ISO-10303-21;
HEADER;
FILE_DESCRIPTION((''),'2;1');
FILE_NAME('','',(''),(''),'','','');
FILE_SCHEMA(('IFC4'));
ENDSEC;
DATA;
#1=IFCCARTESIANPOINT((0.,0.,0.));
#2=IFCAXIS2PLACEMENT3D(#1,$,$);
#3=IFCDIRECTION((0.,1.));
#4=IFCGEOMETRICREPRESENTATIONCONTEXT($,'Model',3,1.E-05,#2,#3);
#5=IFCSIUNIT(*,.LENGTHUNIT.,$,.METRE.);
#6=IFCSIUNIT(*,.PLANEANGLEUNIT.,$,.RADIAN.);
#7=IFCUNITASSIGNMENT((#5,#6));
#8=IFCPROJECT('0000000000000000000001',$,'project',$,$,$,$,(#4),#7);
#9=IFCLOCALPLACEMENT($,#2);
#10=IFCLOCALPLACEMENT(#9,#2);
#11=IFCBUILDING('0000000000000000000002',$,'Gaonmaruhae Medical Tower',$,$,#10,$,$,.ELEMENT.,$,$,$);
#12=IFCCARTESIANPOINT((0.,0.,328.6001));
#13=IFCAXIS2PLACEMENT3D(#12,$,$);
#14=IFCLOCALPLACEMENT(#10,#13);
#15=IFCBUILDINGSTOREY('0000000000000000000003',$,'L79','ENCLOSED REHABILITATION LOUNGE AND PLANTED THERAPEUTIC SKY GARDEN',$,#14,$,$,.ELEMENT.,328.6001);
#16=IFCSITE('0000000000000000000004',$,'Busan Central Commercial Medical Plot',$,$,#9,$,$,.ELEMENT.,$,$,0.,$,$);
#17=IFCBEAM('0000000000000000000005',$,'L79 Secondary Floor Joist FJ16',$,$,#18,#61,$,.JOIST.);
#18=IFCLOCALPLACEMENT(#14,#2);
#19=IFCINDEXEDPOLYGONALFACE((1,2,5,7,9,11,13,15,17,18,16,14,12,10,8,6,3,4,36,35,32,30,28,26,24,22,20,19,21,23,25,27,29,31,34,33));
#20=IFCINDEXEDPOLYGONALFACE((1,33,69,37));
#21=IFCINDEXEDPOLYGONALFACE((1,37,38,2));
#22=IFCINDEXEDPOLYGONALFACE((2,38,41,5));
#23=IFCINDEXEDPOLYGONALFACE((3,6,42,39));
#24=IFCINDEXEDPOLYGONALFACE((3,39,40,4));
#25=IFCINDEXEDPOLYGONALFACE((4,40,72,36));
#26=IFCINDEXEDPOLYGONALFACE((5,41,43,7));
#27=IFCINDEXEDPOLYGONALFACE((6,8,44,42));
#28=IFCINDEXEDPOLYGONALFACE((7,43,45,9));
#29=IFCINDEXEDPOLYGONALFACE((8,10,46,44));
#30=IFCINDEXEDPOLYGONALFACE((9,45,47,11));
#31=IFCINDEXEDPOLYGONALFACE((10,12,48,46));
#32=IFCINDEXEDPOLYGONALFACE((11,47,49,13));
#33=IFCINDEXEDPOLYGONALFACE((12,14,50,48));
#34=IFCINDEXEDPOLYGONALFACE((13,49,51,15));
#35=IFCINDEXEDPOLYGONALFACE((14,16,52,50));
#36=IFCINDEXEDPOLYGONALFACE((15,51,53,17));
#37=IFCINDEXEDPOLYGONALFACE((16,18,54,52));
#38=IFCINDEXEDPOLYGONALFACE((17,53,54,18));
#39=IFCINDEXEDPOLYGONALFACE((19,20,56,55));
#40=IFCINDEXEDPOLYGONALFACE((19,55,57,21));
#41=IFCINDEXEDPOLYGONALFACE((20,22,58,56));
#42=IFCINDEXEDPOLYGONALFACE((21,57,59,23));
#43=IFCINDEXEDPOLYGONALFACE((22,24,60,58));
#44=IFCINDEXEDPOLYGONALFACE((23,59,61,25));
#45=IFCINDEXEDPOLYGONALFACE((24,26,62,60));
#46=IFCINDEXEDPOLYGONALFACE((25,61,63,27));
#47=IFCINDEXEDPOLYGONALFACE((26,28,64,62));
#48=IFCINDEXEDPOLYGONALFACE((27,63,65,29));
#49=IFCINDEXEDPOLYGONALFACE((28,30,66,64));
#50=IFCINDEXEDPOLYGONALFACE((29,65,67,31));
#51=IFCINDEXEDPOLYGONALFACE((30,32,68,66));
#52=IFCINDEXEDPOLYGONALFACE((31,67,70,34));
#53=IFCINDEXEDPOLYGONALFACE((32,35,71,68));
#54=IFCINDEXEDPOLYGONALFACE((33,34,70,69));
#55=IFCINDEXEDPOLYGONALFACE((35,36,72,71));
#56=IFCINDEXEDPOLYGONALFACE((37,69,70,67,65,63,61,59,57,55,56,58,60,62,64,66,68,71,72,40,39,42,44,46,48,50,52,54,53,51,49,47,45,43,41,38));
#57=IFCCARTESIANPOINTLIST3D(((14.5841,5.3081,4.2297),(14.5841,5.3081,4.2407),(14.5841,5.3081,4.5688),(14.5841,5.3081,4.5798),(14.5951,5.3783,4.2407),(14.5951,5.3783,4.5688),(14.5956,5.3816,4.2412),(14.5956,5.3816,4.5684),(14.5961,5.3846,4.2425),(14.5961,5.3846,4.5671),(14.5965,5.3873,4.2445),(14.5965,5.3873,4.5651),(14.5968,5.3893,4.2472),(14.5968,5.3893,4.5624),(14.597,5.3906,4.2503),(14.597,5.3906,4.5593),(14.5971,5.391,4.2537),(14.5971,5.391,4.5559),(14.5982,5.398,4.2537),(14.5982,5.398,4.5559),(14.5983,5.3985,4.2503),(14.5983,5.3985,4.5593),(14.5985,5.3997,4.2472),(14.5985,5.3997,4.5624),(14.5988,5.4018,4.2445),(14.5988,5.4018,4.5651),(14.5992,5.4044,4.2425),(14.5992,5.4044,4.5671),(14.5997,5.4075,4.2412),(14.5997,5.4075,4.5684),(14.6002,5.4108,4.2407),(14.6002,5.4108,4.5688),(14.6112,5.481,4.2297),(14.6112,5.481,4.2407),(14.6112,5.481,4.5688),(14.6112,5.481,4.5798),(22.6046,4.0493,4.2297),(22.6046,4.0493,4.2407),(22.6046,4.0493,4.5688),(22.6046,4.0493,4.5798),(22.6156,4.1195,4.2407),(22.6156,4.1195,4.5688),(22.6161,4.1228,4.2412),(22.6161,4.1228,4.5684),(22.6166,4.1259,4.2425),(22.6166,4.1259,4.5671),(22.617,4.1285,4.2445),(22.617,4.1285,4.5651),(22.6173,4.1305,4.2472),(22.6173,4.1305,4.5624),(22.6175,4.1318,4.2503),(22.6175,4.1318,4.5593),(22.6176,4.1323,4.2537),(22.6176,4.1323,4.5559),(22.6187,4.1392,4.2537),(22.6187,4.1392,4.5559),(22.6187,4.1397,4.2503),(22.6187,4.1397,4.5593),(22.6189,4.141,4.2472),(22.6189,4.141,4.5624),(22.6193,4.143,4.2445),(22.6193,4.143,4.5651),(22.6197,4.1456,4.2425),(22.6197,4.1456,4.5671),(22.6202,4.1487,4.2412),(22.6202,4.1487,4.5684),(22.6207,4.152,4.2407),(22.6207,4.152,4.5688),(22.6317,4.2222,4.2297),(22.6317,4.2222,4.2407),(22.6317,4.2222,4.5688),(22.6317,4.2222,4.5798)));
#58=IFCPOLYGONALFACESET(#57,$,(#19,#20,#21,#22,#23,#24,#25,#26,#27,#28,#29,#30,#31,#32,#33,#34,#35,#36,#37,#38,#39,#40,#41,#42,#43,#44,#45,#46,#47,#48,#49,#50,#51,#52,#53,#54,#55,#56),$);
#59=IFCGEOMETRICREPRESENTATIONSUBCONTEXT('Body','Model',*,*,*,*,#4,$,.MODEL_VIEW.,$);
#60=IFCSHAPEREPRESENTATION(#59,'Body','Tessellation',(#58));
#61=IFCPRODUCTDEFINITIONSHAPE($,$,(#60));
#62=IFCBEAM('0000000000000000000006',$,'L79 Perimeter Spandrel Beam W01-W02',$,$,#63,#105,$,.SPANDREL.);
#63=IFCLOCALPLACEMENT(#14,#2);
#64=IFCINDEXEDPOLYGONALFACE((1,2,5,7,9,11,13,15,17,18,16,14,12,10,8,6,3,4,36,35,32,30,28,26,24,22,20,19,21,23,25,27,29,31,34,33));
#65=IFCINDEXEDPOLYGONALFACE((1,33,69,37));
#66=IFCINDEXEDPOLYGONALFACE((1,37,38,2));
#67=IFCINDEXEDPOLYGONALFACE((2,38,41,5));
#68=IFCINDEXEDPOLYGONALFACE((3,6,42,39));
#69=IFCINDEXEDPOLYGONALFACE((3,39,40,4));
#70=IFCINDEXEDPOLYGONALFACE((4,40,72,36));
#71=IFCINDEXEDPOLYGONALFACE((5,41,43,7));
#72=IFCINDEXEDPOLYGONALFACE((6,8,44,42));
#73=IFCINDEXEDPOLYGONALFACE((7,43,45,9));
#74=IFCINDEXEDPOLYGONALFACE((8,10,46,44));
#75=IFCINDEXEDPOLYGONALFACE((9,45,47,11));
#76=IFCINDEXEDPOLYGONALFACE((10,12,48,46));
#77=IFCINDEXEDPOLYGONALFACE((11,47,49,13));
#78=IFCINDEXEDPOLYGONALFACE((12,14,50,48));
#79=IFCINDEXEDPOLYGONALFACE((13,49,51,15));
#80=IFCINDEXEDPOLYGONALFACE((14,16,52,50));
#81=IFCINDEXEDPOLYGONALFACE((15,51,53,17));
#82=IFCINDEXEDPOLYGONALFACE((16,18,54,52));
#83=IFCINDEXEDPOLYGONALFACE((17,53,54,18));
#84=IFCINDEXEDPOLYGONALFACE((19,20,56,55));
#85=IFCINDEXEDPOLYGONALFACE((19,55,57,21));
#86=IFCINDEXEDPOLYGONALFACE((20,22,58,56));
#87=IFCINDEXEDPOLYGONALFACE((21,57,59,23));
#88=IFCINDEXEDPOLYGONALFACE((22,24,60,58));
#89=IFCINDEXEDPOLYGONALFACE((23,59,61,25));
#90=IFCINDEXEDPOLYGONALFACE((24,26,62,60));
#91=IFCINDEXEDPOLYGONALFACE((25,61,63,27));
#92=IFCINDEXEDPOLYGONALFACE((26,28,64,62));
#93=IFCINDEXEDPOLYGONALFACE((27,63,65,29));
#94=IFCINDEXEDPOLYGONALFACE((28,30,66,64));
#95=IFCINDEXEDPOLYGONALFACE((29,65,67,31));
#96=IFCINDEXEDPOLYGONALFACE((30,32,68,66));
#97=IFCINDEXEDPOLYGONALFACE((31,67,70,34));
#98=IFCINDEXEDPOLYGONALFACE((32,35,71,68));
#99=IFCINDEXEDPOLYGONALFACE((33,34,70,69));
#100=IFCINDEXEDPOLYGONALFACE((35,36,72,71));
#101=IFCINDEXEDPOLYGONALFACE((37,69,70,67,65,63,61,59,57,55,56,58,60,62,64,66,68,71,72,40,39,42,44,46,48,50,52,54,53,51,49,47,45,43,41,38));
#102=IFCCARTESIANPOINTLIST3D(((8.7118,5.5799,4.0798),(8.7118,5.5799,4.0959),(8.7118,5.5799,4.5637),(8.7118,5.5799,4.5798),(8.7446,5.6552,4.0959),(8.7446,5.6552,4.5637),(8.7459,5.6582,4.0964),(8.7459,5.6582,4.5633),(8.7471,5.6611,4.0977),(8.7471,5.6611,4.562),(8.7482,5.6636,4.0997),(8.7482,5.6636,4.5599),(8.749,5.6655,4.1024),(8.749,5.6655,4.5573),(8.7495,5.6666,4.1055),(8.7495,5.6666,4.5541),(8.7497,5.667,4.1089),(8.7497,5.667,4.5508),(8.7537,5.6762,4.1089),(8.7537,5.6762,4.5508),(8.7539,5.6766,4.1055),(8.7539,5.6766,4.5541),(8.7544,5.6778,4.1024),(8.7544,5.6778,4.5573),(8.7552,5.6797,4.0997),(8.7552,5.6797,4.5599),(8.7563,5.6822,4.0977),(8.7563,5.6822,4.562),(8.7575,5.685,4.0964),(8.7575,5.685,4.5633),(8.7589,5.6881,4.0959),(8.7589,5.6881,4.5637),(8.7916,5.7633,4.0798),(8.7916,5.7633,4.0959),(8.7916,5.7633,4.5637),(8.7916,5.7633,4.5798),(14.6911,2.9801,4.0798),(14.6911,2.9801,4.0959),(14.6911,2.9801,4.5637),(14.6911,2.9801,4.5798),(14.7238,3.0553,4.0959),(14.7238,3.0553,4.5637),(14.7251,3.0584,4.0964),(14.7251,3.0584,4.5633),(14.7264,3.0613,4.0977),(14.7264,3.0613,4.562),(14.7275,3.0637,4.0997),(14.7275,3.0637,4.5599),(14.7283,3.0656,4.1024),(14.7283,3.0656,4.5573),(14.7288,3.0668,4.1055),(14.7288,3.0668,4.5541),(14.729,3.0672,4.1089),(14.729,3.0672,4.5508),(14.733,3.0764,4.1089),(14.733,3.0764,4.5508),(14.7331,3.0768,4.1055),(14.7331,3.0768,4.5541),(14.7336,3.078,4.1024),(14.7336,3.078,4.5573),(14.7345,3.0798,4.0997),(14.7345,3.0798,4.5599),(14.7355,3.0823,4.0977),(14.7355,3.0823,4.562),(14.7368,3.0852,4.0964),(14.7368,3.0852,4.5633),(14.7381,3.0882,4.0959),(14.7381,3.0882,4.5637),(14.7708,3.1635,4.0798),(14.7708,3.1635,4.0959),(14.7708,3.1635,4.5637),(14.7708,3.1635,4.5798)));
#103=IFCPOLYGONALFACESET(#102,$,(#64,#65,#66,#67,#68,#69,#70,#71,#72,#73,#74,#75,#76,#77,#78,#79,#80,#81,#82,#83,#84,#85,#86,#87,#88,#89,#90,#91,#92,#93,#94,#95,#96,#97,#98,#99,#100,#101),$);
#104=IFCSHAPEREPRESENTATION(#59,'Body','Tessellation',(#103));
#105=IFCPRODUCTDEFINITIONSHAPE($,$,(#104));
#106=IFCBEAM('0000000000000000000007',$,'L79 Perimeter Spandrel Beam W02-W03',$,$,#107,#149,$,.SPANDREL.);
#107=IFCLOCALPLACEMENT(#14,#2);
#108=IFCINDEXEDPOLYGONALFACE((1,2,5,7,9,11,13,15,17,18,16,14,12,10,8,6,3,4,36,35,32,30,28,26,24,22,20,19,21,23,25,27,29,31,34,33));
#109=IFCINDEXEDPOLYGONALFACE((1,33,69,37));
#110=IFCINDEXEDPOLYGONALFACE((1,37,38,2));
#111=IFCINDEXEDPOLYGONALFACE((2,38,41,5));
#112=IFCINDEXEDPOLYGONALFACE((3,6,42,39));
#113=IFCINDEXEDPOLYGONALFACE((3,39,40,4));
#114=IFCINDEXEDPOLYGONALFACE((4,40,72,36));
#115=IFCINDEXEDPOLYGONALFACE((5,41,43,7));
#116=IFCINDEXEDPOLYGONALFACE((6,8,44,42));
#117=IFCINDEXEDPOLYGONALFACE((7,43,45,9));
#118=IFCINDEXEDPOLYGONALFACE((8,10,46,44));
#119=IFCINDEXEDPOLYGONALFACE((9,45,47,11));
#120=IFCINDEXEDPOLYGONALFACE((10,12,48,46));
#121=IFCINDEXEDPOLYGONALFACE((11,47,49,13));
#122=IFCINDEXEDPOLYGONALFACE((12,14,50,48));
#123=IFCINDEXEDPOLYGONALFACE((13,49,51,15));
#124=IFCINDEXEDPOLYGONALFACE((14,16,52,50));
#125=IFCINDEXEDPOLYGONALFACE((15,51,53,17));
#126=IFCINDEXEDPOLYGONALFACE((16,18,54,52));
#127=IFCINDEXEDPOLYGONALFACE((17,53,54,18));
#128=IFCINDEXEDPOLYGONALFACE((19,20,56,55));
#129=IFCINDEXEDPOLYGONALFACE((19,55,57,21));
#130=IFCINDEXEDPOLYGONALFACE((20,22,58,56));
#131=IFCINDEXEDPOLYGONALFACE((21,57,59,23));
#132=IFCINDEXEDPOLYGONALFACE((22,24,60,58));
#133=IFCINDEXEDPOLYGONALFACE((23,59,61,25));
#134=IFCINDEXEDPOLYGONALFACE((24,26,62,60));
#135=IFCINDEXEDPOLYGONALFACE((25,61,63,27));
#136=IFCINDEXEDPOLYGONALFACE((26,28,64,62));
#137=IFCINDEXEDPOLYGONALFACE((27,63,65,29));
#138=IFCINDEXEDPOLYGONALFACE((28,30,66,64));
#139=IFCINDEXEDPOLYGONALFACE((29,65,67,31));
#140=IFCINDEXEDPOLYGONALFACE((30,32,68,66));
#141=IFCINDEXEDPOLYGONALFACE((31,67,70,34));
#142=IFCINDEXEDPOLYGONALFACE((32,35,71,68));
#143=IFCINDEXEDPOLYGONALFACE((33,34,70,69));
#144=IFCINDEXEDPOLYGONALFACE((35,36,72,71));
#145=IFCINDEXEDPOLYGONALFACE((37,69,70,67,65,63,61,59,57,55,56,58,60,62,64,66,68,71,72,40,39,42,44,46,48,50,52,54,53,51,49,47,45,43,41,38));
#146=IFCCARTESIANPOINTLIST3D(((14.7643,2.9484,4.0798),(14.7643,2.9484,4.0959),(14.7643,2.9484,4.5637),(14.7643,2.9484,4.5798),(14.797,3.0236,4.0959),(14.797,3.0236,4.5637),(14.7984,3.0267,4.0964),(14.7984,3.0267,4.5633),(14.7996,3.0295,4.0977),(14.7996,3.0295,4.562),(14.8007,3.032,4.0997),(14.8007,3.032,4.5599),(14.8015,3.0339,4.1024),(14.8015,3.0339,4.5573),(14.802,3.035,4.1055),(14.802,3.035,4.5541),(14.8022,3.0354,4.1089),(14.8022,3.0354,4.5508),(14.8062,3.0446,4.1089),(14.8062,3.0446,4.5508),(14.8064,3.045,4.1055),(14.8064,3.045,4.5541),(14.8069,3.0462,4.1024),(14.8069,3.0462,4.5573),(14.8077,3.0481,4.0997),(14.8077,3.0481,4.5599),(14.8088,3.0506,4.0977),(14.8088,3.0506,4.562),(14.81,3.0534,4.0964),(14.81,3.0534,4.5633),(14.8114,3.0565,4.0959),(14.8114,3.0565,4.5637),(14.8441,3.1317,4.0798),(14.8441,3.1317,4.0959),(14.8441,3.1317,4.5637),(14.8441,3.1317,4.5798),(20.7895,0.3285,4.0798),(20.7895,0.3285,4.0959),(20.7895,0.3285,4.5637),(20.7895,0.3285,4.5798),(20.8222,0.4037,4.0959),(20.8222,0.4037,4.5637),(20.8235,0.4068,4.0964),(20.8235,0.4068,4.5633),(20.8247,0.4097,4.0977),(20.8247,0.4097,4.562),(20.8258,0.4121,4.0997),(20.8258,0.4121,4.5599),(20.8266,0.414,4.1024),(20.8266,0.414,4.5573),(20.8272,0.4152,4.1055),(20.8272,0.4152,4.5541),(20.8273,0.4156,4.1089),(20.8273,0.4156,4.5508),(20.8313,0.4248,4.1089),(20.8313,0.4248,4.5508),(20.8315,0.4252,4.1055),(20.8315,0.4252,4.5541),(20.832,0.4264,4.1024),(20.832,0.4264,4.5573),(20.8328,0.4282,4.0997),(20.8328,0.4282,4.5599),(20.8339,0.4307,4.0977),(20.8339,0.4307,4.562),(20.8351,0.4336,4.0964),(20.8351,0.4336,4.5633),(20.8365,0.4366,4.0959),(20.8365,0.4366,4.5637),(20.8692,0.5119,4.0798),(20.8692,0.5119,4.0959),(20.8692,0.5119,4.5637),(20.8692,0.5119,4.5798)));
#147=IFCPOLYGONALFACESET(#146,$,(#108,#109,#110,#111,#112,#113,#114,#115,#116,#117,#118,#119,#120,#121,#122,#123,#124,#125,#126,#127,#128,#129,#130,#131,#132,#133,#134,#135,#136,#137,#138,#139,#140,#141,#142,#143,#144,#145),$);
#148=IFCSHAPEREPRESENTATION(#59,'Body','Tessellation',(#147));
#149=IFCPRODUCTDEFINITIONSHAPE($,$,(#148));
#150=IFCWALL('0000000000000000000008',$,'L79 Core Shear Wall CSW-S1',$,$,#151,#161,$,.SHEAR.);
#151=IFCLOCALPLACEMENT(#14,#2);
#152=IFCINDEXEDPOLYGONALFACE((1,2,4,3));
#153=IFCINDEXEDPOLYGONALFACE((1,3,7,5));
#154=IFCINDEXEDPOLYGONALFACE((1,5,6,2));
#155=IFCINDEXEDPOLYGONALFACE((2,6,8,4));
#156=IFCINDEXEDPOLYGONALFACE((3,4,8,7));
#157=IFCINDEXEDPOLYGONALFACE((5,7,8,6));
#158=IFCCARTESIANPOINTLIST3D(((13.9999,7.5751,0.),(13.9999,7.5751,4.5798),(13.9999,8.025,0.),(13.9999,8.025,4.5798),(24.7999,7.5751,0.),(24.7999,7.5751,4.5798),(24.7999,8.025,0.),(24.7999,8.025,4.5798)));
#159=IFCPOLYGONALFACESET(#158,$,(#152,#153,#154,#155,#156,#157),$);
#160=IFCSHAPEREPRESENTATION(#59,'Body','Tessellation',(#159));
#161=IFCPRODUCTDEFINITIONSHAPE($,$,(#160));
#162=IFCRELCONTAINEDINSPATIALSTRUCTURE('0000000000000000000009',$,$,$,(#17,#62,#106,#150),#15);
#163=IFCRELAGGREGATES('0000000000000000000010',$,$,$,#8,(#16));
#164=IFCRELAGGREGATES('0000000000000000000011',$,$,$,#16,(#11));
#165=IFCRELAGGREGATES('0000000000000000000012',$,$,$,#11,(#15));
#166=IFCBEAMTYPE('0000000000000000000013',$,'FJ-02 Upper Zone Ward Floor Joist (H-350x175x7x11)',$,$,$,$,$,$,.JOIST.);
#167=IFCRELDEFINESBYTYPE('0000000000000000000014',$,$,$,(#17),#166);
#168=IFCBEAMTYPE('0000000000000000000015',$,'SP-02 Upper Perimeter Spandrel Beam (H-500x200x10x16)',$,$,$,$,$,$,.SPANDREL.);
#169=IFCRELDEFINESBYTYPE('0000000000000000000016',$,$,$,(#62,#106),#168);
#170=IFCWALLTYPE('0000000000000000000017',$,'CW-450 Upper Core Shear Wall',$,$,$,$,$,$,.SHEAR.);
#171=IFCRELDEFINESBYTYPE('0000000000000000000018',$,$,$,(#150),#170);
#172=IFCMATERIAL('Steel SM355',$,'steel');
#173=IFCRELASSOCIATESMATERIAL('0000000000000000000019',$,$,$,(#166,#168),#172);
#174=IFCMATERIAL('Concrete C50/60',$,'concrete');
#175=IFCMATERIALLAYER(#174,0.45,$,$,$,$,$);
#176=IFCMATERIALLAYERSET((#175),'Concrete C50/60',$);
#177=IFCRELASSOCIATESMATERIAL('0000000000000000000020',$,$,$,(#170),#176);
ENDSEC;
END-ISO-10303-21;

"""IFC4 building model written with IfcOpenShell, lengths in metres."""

from ifc_helpers import new_model, si_unit, direction, frame, frame_2d, origin, origin_2d, place, context, subcontext, project, spatial, rectangle, i_section, extrude, material, layer, layer_set, material_profile, profile_set, type_object, element, save


model = new_model("IFC4")

# Units and contexts
model_context = context("Model", 3, precision=1e-05, world=origin(), true_north=direction((0.0, 1.0)))
body_context = subcontext(model_context, "Body", "Model", "MODEL_VIEW")
ifc_project = project(units=[si_unit("LENGTHUNIT", "METRE"), si_unit("PLANEANGLEUNIT", "RADIAN")], contexts=[model_context])

# Site, building, storey
site_placement = place(None, origin())
site = spatial("IfcSite", under=ifc_project, at=site_placement, Name="Busan Central Commercial Medical Plot", CompositionType="ELEMENT", RefElevation=0.0)
building_placement = place(site_placement, origin())
building = spatial("IfcBuilding", under=site, at=building_placement, Name="Gaonmaruhae Medical Tower", CompositionType="ELEMENT")
storey_placement = place(building_placement, frame((0.0, 0.0, 328.6001)))
storey = spatial("IfcBuildingStorey", under=building, at=storey_placement, Name="L79", Description="ENCLOSED REHABILITATION LOUNGE AND PLANTED THERAPEUTIC SKY GARDEN", CompositionType="ELEMENT", Elevation=328.6001)

# Shared definitions
ifc_material_1 = material(Name="Concrete C50/60", Category="concrete")

# Beams
ifc_material_2 = material(Name="Steel SM355", Category="steel")
ifc_material_profile_1 = material_profile(ifc_material_2, i_section(OverallWidth=0.175, OverallDepth=0.3501, WebThickness=0.0071, FlangeThickness=0.011, FilletRadius=0.0129, at=origin_2d()), Name="H-350x175x7x11")
ifc_profile_set_1 = profile_set([ifc_material_profile_1], Name="Steel SM355")
beam_type_1 = type_object("IfcBeamType", Name="FJ-02 Upper Zone Ward Floor Joist (H-350x175x7x11)", PredefinedType="JOIST", material=ifc_profile_set_1)
beam_1_placement = place(storey_placement, frame((14.5977, 5.3945, 4.4048), z_axis=(0.987907, -0.155048, 0.0), x_axis=(0.155048, 0.987907, 0.0)))
element("IfcBeam", 1, at=beam_1_placement, inside=storey, type_object=beam_type_1, Name="L79 Secondary Floor Joist FJ16", PredefinedType="JOIST", context=body_context, shape_type="SweptSolid", body=[
    extrude(i_section(OverallWidth=0.175, OverallDepth=0.3501, WebThickness=0.0071, FlangeThickness=0.011, FilletRadius=0.0129, at=origin_2d()), origin(), (0.0, 0.0, 1.0), 8.1187),
])
ifc_material_profile_2 = material_profile(ifc_material_2, i_section(OverallWidth=0.2, OverallDepth=0.5, WebThickness=0.01, FlangeThickness=0.0161, FilletRadius=0.0129, at=origin_2d()), Name="H-500x200x10x16")
ifc_profile_set_2 = profile_set([ifc_material_profile_2], Name="Steel SM355")
beam_type_2 = type_object("IfcBeamType", Name="SP-02 Upper Perimeter Spandrel Beam (H-500x200x10x16)", PredefinedType="SPANDREL", material=ifc_profile_set_2)
beam_2_placement = place(storey_placement, frame((8.7517, 5.6716, 4.3298), z_axis=(0.91706, -0.398749, 0.0), x_axis=(0.398749, 0.91706, 0.0)))
element("IfcBeam", 2, at=beam_2_placement, inside=storey, type_object=beam_type_2, Name="L79 Perimeter Spandrel Beam W01-W02", PredefinedType="SPANDREL", context=body_context, shape_type="SweptSolid", body=[
    extrude(i_section(OverallWidth=0.2, OverallDepth=0.5, WebThickness=0.01, FlangeThickness=0.0161, FilletRadius=0.0129, at=origin_2d()), origin(), (0.0, 0.0, 1.0), 6.52),
])
beam_3_placement = place(storey_placement, frame((14.8042, 3.04, 4.3298), z_axis=(0.917056, -0.398757, 0.0), x_axis=(0.398757, 0.917056, 0.0)))
element("IfcBeam", 3, at=beam_3_placement, inside=storey, type_object=beam_type_2, Name="L79 Perimeter Spandrel Beam W02-W03", PredefinedType="SPANDREL", context=body_context, shape_type="SweptSolid", body=[
    extrude(i_section(OverallWidth=0.2, OverallDepth=0.5, WebThickness=0.01, FlangeThickness=0.0161, FilletRadius=0.0129, at=origin_2d()), origin(), (0.0, 0.0, 1.0), 6.5701),
])

# Wall
ifc_layer_1 = layer(ifc_material_1, 0.45)
ifc_layer_set_1 = layer_set([ifc_layer_1], Name="Concrete C50/60")
wall_type_1 = type_object("IfcWallType", Name="CW-450 Upper Core Shear Wall", PredefinedType="SHEAR", material=ifc_layer_set_1)
wall_1_placement = place(storey_placement, frame((14.0, 7.8, 0.0), z_axis=(0.0, 0.0, 1.0), x_axis=(1.0, 0.0, 0.0)))
element("IfcWall", 4, at=wall_1_placement, inside=storey, type_object=wall_type_1, Name="L79 Core Shear Wall CSW-S1", PredefinedType="SHEAR", context=body_context, shape_type="SweptSolid", body=[
    extrude(rectangle(XDim=10.8, YDim=0.45, at=frame_2d((5.3999, 0.0))), origin(), (0.0, 0.0, 1.0), 4.5798),
])

save(model, "model.ifc")
